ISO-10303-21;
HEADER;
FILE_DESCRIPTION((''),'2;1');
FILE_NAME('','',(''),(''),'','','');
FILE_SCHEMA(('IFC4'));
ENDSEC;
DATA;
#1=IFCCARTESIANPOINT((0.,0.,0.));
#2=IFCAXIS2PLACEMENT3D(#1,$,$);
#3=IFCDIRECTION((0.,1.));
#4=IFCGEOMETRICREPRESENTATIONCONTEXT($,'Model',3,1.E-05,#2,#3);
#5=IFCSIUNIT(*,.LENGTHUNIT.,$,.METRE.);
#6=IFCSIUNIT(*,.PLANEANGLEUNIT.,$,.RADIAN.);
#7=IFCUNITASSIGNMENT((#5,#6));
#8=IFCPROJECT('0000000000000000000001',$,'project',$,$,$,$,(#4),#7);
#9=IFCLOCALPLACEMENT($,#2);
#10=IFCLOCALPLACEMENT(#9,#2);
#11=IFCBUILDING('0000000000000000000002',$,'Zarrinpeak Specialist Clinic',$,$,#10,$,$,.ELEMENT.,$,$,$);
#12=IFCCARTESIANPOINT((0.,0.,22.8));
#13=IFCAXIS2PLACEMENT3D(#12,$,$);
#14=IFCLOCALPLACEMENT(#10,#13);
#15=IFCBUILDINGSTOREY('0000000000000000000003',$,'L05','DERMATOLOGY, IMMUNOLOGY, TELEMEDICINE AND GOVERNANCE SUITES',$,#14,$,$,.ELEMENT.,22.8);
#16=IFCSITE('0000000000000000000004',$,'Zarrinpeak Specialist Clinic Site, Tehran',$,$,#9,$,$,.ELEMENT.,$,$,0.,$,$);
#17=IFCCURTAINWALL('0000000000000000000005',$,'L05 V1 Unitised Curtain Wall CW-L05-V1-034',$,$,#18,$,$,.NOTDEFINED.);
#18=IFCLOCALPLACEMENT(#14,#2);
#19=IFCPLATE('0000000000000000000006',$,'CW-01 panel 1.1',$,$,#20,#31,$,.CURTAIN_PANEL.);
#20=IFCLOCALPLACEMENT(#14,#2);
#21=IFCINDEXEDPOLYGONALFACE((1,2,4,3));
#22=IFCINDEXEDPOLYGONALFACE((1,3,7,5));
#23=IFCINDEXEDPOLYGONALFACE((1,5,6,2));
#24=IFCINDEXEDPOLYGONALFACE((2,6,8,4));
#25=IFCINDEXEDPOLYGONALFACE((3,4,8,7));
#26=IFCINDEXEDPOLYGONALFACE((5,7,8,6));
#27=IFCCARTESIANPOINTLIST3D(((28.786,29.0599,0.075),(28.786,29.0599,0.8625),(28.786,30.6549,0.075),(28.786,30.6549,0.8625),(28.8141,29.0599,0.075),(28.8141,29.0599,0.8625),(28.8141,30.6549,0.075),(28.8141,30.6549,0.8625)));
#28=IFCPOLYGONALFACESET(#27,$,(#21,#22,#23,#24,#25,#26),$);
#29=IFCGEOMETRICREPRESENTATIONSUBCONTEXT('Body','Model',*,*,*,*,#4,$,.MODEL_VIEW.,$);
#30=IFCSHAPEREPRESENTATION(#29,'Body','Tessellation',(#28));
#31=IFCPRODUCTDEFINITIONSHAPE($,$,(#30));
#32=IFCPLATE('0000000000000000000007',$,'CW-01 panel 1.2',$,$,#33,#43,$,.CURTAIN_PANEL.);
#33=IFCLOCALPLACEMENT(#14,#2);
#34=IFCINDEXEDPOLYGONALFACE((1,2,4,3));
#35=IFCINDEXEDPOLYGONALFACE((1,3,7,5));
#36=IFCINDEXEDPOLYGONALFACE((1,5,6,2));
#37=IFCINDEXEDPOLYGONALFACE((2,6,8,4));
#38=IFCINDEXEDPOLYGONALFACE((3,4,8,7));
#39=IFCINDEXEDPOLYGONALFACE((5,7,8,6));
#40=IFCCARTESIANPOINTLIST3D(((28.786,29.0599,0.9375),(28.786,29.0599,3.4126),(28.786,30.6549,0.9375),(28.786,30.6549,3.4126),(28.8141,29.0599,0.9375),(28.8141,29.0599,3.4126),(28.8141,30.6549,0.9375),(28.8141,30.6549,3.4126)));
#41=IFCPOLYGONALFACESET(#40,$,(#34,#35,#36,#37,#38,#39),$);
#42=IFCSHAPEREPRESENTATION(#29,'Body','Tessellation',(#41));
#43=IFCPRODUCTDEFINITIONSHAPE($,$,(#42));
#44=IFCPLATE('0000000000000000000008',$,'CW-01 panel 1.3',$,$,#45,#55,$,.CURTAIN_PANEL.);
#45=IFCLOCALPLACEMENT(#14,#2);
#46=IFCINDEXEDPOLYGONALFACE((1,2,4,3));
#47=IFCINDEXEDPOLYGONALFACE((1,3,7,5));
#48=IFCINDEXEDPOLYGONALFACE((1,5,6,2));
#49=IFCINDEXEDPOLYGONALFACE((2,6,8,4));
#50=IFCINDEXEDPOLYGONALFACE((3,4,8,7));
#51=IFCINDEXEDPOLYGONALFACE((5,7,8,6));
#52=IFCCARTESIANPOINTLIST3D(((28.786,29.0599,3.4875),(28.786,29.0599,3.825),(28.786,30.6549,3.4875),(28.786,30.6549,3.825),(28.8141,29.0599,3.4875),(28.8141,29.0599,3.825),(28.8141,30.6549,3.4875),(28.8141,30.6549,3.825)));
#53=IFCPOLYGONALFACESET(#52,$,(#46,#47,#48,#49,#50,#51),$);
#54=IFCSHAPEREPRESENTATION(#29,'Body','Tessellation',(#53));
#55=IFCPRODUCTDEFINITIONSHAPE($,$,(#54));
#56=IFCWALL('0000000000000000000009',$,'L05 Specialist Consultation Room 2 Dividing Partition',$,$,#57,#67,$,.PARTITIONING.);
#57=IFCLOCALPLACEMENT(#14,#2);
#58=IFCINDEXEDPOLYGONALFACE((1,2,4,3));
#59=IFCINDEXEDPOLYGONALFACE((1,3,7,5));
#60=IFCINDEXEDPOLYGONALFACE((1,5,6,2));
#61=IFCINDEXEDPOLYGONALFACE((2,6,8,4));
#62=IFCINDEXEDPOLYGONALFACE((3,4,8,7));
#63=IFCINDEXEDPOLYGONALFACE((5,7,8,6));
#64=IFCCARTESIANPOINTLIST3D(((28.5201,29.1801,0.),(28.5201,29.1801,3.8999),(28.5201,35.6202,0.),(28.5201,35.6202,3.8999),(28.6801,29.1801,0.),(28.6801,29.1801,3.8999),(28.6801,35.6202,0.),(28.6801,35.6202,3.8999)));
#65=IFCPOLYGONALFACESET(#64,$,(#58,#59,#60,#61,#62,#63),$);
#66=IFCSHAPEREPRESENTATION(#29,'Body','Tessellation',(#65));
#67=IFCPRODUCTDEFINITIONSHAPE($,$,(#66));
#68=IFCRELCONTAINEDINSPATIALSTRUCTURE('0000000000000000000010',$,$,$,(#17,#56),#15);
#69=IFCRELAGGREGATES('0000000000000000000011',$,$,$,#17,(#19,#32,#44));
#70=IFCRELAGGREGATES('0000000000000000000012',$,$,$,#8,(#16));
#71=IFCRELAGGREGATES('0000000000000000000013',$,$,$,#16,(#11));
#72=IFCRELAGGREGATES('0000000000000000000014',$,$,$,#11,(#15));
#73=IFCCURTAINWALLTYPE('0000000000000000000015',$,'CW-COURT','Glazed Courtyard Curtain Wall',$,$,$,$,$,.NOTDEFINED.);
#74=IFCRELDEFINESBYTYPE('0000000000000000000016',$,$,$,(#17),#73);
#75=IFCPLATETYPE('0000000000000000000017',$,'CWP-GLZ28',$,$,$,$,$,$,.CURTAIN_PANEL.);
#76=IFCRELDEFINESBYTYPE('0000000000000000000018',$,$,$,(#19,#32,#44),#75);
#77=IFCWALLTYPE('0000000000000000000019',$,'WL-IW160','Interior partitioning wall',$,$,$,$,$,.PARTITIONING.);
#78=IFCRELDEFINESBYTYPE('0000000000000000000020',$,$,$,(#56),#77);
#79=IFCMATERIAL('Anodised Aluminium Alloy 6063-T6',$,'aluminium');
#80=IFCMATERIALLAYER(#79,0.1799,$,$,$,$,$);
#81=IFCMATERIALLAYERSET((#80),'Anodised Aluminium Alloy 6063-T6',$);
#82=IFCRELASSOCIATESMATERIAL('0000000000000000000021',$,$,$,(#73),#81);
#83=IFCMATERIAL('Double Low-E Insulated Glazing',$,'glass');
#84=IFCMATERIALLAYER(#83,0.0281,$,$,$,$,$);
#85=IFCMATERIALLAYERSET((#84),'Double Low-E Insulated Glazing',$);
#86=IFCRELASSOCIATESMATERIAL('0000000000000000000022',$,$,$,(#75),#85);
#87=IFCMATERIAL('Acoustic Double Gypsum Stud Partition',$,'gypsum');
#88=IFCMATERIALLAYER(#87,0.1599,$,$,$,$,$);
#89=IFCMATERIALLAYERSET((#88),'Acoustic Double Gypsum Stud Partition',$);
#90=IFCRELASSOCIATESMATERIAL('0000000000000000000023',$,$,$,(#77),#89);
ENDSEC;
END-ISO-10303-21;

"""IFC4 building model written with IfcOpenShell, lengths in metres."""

from ifc_helpers import new_model, si_unit, direction, frame, frame_2d, origin, origin_2d, place, context, subcontext, project, spatial, rectangle, extrude, material, layer, layer_set, type_object, element, aggregate, save


model = new_model("IFC4")

# Units and contexts
model_context = context("Model", 3, precision=1e-05, world=origin(), true_north=direction((0.0, 1.0)))
body_context = subcontext(model_context, "Body", "Model", "MODEL_VIEW")
ifc_project = project(units=[si_unit("LENGTHUNIT", "METRE"), si_unit("PLANEANGLEUNIT", "RADIAN")], contexts=[model_context])

# Site, building, storey
site_placement = place(None, origin())
site = spatial("IfcSite", under=ifc_project, at=site_placement, Name="Zarrinpeak Specialist Clinic Site, Tehran", CompositionType="ELEMENT", RefElevation=0.0)
building_placement = place(site_placement, origin())
building = spatial("IfcBuilding", under=site, at=building_placement, Name="Zarrinpeak Specialist Clinic", CompositionType="ELEMENT")
storey_placement = place(building_placement, frame((0.0, 0.0, 22.8)))
storey = spatial("IfcBuildingStorey", under=building, at=storey_placement, Name="L05", Description="DERMATOLOGY, IMMUNOLOGY, TELEMEDICINE AND GOVERNANCE SUITES", CompositionType="ELEMENT", Elevation=22.8)

# Shared definitions
ifc_material_1 = material(Name="Anodised Aluminium Alloy 6063-T6", Category="aluminium")
ifc_layer_1 = layer(ifc_material_1, 0.1799)
ifc_layer_set_1 = layer_set([ifc_layer_1], Name="Anodised Aluminium Alloy 6063-T6")
curtain_wall_type = type_object("IfcCurtainWallType", Name="CW-COURT", Description="Glazed Courtyard Curtain Wall", PredefinedType="NOTDEFINED", material=ifc_layer_set_1)

# Curtain wall
curtain_wall_1_placement = place(storey_placement, origin())
curtain_wall_1 = element("IfcCurtainWall", 1, at=curtain_wall_1_placement, inside=storey, type_object=curtain_wall_type, Name="L05 V1 Unitised Curtain Wall CW-L05-V1-034", PredefinedType="NOTDEFINED")

# Plates
ifc_material_2 = material(Name="Double Low-E Insulated Glazing", Category="glass")
ifc_layer_2 = layer(ifc_material_2, 0.0281)
ifc_layer_set_2 = layer_set([ifc_layer_2], Name="Double Low-E Insulated Glazing")
plate_type = type_object("IfcPlateType", Name="CWP-GLZ28", PredefinedType="CURTAIN_PANEL", material=ifc_layer_set_2)
plate_1_placement = place(storey_placement, frame((28.8, 29.8574, 0.075), z_axis=(0.0, 0.0, 1.0), x_axis=(0.0, 1.0, 0.0)))
plate_1 = element("IfcPlate", 2, at=plate_1_placement, type_object=plate_type, Name="CW-01 panel 1.1", PredefinedType="CURTAIN_PANEL", context=body_context, shape_type="SweptSolid", body=[
    extrude(rectangle(XDim=1.595, YDim=0.0281, at=origin_2d()), origin(), (0.0, 0.0, 1.0), 0.7876),
])
plate_2_placement = place(storey_placement, frame((28.8, 29.8574, 0.9375), z_axis=(0.0, 0.0, 1.0), x_axis=(0.0, 1.0, 0.0)))
plate_2 = element("IfcPlate", 3, at=plate_2_placement, type_object=plate_type, Name="CW-01 panel 1.2", PredefinedType="CURTAIN_PANEL", context=body_context, shape_type="SweptSolid", body=[
    extrude(rectangle(XDim=1.595, YDim=0.0281, at=origin_2d()), origin(), (0.0, 0.0, 1.0), 2.4751),
])
plate_3_placement = place(storey_placement, frame((28.8, 29.8574, 3.4875), z_axis=(0.0, 0.0, 1.0), x_axis=(0.0, 1.0, 0.0)))
plate_3 = element("IfcPlate", 4, at=plate_3_placement, type_object=plate_type, Name="CW-01 panel 1.3", PredefinedType="CURTAIN_PANEL", context=body_context, shape_type="SweptSolid", body=[
    extrude(rectangle(XDim=1.595, YDim=0.0281, at=origin_2d()), origin(), (0.0, 0.0, 1.0), 0.3374),
])
aggregate(curtain_wall_1, [plate_1, plate_2, plate_3])

# Wall
ifc_material_3 = material(Name="Acoustic Double Gypsum Stud Partition", Category="gypsum")
ifc_layer_3 = layer(ifc_material_3, 0.1599)
ifc_layer_set_3 = layer_set([ifc_layer_3], Name="Acoustic Double Gypsum Stud Partition")
wall_type = type_object("IfcWallType", Name="WL-IW160", Description="Interior partitioning wall", PredefinedType="PARTITIONING", material=ifc_layer_set_3)
wall_placement = place(storey_placement, frame((28.6001, 29.1799, 0.0), z_axis=(0.0, 0.0, 1.0), x_axis=(0.0, 1.0, 0.0)))
element("IfcWall", 5, at=wall_placement, inside=storey, type_object=wall_type, Name="L05 Specialist Consultation Room 2 Dividing Partition", PredefinedType="PARTITIONING", context=body_context, shape_type="SweptSolid", body=[
    extrude(rectangle(XDim=6.4402, YDim=0.1599, at=frame_2d((3.2202, 0.0))), origin(), (0.0, 0.0, 1.0), 3.8999),
])

save(model, "model.ifc")
